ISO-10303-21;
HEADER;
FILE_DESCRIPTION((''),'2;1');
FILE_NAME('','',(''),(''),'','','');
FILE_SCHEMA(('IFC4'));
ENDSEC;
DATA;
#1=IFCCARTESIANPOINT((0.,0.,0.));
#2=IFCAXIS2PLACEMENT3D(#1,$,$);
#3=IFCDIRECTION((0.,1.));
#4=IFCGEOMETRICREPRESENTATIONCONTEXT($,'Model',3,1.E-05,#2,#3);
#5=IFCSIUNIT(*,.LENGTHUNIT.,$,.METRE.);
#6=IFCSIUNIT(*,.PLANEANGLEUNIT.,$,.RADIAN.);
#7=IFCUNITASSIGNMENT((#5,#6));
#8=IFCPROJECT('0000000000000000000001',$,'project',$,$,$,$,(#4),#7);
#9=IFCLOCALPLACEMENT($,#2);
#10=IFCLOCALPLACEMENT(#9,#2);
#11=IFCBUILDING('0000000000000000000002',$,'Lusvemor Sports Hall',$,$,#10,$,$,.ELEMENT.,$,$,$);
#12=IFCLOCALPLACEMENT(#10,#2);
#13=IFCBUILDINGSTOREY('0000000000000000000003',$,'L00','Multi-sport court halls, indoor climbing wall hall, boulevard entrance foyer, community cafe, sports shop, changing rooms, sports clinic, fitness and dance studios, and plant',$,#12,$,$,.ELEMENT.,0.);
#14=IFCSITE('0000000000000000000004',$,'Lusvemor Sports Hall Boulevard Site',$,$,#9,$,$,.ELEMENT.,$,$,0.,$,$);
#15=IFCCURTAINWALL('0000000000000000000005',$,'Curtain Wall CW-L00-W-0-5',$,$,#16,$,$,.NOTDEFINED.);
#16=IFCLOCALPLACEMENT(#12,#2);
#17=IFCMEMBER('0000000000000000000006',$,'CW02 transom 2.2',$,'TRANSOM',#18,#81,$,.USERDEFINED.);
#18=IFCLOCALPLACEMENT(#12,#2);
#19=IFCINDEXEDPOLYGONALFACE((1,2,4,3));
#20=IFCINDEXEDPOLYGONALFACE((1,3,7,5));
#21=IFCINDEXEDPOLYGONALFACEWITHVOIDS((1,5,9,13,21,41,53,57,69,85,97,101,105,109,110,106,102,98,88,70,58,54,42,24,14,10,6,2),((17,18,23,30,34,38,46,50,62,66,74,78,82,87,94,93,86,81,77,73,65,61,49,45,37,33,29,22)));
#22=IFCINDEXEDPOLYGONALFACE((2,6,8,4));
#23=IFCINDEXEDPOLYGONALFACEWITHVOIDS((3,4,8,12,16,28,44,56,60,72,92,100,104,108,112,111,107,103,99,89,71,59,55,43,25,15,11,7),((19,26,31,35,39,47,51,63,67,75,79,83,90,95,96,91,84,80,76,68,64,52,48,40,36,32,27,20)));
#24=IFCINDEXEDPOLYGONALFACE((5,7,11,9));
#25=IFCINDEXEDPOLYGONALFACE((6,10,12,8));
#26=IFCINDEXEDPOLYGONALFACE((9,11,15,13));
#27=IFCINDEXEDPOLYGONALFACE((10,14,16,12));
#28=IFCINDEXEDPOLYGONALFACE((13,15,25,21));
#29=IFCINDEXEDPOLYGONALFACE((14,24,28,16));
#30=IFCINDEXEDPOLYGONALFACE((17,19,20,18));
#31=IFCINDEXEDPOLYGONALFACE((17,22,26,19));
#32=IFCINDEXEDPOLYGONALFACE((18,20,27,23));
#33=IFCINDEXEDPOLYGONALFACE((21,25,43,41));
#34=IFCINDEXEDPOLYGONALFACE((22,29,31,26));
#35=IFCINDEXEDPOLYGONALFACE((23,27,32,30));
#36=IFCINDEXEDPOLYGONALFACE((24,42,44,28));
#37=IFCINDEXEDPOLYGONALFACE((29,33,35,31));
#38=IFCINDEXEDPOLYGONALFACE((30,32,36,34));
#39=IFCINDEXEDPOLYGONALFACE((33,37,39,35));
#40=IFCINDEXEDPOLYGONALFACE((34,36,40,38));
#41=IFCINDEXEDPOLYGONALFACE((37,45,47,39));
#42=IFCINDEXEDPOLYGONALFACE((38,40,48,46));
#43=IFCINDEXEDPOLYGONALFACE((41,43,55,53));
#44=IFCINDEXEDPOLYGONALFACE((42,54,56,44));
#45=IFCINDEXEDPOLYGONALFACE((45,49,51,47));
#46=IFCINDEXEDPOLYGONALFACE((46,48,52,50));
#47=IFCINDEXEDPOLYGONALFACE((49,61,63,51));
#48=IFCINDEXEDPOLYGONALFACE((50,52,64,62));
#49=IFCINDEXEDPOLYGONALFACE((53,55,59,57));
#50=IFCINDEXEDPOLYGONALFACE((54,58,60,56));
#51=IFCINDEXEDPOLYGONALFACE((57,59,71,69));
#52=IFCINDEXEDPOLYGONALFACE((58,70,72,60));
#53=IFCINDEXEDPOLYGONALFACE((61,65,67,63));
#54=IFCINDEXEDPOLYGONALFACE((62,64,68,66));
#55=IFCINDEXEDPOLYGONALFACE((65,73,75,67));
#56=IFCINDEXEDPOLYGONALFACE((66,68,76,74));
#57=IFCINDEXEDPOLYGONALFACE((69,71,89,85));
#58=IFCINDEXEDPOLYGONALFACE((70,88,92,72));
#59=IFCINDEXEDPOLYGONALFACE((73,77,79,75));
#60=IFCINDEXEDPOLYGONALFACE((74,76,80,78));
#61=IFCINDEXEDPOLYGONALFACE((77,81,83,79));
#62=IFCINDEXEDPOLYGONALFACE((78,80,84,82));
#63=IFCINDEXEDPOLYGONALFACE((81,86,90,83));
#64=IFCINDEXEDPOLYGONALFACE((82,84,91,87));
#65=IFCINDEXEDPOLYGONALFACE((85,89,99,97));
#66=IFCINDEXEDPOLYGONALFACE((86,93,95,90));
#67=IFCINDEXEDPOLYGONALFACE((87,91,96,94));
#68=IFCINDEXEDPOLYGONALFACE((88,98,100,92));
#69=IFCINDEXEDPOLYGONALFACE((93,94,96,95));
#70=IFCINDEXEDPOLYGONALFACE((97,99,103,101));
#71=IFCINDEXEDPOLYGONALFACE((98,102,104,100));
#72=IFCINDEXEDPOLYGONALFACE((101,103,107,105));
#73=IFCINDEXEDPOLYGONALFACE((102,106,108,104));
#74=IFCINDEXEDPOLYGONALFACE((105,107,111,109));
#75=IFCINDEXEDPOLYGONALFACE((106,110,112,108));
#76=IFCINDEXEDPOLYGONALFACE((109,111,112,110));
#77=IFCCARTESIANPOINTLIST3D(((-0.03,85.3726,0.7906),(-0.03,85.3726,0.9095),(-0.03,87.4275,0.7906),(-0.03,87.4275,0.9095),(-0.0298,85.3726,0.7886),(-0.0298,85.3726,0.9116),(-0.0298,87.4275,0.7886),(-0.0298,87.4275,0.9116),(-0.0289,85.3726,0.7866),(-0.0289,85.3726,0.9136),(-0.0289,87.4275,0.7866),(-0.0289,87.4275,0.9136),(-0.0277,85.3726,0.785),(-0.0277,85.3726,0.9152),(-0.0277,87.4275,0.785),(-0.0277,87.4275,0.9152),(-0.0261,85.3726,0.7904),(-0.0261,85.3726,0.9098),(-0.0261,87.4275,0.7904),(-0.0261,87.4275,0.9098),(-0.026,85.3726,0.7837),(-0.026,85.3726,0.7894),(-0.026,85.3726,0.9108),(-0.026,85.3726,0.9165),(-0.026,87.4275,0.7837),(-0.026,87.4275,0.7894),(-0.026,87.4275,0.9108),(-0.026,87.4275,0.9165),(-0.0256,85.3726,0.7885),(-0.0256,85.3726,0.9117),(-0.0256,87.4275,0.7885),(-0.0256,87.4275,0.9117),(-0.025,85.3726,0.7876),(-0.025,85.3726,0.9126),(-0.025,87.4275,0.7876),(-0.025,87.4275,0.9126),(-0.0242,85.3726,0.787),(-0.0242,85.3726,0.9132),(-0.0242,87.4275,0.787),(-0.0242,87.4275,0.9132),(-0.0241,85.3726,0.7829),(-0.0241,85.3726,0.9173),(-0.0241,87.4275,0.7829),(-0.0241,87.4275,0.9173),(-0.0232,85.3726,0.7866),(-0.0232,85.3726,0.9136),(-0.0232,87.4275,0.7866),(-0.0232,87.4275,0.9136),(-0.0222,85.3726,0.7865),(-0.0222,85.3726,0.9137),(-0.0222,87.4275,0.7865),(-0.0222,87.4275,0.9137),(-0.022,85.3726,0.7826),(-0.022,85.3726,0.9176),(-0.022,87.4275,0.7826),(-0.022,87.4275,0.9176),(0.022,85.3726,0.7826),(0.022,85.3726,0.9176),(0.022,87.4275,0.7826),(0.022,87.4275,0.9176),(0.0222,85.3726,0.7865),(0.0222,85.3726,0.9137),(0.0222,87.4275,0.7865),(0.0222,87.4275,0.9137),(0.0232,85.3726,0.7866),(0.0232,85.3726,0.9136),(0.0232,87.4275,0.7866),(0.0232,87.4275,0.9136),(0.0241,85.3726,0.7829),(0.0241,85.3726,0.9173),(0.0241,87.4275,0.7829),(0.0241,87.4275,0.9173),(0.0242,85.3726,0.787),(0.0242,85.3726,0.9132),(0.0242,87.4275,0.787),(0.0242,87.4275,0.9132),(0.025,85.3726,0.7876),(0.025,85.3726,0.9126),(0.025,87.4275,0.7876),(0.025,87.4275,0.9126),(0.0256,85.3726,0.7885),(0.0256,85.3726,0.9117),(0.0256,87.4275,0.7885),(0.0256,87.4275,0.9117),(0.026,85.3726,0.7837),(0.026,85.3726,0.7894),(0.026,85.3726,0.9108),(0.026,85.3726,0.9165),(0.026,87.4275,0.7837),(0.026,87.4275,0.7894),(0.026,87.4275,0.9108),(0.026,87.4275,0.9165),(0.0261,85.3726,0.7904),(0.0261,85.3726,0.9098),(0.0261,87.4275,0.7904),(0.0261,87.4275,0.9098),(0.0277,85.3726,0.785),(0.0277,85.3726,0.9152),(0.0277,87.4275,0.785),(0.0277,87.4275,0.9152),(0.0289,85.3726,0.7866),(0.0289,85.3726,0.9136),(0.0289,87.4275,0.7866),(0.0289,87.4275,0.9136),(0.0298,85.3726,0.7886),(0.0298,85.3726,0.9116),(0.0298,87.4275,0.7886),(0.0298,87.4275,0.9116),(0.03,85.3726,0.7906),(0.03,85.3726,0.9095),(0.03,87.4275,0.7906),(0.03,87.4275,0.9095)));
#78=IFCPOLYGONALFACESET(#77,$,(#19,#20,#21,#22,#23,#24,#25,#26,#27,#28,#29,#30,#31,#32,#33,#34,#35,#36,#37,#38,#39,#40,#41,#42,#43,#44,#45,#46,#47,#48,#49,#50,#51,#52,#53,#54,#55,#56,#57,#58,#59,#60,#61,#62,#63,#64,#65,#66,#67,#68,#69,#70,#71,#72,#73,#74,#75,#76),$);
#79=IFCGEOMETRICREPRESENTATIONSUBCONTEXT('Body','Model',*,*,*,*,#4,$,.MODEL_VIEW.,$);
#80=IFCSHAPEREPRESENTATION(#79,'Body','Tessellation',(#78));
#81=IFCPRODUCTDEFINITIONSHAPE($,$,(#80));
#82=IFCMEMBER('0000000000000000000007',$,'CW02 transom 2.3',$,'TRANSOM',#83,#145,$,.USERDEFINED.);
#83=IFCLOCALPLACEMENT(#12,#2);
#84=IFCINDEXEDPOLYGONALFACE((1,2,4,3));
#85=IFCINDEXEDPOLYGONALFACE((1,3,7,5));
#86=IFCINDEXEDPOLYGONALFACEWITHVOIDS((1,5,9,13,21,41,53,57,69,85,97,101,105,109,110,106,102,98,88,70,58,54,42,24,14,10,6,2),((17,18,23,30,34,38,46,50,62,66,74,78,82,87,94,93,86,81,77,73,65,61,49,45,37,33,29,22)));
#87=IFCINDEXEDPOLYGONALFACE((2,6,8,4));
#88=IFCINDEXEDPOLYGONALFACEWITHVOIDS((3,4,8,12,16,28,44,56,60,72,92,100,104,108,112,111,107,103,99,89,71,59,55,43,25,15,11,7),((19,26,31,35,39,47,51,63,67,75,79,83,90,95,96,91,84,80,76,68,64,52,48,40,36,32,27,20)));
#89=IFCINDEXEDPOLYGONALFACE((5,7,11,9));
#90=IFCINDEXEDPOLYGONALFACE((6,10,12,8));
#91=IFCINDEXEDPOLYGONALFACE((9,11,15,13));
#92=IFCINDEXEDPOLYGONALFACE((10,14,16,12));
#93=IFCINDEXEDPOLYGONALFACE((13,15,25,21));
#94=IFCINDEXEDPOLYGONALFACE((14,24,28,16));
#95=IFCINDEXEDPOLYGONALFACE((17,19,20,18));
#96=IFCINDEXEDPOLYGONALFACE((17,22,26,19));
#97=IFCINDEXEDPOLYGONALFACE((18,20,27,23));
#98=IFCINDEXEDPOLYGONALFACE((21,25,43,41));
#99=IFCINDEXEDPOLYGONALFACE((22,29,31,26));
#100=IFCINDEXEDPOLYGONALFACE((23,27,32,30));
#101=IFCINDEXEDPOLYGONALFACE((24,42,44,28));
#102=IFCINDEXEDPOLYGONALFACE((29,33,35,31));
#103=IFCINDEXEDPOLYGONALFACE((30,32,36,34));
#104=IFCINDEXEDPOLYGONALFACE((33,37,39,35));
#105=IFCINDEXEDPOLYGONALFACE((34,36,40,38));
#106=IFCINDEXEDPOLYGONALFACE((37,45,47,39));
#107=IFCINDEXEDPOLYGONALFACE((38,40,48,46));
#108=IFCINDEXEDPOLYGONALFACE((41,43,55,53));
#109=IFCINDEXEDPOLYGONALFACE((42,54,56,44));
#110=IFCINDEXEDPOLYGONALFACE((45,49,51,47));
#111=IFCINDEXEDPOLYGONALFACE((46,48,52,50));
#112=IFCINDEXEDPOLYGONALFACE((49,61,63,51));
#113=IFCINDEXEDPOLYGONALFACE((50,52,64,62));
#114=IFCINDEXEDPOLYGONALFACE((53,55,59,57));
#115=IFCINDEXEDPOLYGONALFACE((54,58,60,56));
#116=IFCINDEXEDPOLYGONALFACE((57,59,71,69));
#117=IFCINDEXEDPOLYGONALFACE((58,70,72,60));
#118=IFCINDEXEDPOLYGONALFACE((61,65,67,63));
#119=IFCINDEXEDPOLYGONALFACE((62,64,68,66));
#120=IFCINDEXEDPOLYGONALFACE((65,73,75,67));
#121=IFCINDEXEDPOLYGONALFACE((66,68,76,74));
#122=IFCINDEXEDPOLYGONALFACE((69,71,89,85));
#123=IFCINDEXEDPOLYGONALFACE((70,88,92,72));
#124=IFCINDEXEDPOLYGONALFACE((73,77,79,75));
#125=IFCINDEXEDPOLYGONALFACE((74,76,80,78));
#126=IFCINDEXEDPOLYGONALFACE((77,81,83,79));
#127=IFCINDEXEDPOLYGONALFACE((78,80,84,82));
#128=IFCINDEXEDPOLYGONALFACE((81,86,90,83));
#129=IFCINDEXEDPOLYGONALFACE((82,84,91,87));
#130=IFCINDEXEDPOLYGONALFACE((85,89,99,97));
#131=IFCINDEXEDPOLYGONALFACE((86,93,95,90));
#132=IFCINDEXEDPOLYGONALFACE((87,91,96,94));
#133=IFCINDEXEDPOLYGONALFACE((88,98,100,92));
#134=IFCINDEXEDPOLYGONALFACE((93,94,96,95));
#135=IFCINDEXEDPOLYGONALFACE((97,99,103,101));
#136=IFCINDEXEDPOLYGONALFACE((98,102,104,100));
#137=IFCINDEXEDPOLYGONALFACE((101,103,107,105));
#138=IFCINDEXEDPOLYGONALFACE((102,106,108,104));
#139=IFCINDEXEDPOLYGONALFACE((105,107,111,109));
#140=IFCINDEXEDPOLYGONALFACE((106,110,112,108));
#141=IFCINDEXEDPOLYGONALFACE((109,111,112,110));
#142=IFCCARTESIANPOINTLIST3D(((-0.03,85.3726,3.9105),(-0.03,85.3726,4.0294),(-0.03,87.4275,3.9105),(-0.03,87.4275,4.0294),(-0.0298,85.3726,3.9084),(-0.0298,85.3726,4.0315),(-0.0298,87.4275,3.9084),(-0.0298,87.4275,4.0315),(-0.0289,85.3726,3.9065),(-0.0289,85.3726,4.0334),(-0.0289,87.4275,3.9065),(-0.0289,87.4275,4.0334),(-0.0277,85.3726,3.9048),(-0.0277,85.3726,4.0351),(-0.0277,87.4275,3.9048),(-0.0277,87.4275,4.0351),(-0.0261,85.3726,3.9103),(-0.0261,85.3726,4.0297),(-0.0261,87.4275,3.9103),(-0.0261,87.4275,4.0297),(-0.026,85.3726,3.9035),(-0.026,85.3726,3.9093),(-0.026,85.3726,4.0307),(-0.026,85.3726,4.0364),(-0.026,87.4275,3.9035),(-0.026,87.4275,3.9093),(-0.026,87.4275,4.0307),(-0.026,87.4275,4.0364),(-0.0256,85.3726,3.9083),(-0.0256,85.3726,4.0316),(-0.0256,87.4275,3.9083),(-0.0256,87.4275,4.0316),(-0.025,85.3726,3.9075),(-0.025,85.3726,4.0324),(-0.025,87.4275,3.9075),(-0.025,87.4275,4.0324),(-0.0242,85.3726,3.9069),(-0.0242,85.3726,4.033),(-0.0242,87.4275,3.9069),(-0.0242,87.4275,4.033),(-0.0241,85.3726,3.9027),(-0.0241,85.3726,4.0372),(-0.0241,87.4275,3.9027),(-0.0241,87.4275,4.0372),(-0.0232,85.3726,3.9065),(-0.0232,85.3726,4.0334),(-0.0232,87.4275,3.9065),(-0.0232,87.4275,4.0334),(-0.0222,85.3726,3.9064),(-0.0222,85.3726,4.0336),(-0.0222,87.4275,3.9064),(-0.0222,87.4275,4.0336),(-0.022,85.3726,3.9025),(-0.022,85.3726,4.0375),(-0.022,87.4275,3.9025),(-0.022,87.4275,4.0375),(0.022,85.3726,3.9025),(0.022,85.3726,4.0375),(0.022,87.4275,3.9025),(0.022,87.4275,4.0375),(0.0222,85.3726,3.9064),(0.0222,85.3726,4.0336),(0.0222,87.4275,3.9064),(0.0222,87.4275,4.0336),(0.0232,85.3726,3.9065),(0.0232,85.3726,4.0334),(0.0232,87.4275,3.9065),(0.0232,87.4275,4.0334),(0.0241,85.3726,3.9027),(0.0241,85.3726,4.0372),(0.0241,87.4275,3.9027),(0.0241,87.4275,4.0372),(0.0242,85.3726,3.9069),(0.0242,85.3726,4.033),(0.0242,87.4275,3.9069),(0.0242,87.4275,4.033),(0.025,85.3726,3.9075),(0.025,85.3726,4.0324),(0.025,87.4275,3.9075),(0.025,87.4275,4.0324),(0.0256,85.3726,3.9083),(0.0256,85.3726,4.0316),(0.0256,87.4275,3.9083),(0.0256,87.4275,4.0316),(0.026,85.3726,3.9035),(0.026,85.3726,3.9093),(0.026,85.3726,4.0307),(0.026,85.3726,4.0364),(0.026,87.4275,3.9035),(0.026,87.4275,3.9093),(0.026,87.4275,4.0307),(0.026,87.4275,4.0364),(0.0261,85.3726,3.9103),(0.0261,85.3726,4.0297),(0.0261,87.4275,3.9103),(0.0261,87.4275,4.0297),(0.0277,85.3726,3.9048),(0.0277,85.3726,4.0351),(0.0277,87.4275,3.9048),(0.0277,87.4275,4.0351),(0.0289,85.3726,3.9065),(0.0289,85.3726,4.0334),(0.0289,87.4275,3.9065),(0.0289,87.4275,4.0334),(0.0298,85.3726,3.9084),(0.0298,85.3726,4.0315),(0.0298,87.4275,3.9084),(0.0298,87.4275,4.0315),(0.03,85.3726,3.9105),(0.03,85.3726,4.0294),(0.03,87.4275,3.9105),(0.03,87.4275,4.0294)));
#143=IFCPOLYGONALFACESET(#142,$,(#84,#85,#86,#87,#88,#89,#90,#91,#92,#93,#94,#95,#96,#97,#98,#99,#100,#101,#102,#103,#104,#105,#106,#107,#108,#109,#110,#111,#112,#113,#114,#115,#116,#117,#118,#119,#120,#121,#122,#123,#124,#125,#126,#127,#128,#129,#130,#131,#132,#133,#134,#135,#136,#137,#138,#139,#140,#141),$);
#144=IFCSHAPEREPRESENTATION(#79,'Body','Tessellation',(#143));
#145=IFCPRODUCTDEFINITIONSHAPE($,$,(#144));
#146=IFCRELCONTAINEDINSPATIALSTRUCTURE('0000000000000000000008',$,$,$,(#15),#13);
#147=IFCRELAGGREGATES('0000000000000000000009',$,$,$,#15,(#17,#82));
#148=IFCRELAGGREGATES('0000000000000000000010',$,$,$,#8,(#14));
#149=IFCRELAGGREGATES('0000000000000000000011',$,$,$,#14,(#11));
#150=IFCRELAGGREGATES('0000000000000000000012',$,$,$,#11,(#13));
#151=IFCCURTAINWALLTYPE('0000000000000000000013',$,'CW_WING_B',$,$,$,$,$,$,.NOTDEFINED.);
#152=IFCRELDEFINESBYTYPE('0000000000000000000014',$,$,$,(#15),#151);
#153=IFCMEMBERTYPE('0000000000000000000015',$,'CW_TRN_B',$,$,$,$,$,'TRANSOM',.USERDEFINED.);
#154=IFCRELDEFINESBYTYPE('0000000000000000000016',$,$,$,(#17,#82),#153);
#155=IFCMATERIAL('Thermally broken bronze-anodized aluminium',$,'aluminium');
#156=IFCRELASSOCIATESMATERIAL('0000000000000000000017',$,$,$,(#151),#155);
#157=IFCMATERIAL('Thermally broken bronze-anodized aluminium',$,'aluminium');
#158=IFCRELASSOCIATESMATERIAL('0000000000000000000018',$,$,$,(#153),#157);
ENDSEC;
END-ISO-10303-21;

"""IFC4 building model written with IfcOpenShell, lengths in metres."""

from ifc_helpers import new_model, si_unit, direction, frame, origin, origin_2d, place, context, subcontext, project, spatial, hollow_rectangle, extrude, material, material_profile, profile_set, type_object, element, aggregate, save


model = new_model("IFC4")

# Units and contexts
model_context = context("Model", 3, precision=1e-05, world=origin(), true_north=direction((0.0, 1.0)))
body_context = subcontext(model_context, "Body", "Model", "MODEL_VIEW")
ifc_project = project(units=[si_unit("LENGTHUNIT", "METRE"), si_unit("PLANEANGLEUNIT", "RADIAN")], contexts=[model_context])

# Site, building, storey
site_placement = place(None, origin())
site = spatial("IfcSite", under=ifc_project, at=site_placement, Name="Lusvemor Sports Hall Boulevard Site", CompositionType="ELEMENT", RefElevation=0.0)
building_placement = place(site_placement, origin())
building = spatial("IfcBuilding", under=site, at=building_placement, Name="Lusvemor Sports Hall", CompositionType="ELEMENT")
storey_placement = place(building_placement, origin())
storey = spatial("IfcBuildingStorey", under=building, at=storey_placement, Name="L00", Description="Multi-sport court halls, indoor climbing wall hall, boulevard entrance foyer, community cafe, sports shop, changing rooms, sports clinic, fitness and dance studios, and plant", CompositionType="ELEMENT", Elevation=0.0)

# Curtain wall, members
ifc_material_1 = material(Name="Thermally broken bronze-anodized aluminium", Category="aluminium")
curtain_wall_type = type_object("IfcCurtainWallType", Name="CW_WING_B", PredefinedType="NOTDEFINED", material=ifc_material_1)
curtain_wall_placement = place(storey_placement, origin())
curtain_wall = element("IfcCurtainWall", 1, at=curtain_wall_placement, inside=storey, type_object=curtain_wall_type, Name="Curtain Wall CW-L00-W-0-5", PredefinedType="NOTDEFINED")
ifc_material_2 = material(Name="Thermally broken bronze-anodized aluminium", Category="aluminium")
ifc_material_profile_1 = material_profile(ifc_material_2, hollow_rectangle(XDim=0.0601, YDim=0.135, WallThickness=0.0039, InnerFilletRadius=0.0039, OuterFilletRadius=0.0081, at=origin_2d()), Name="CWTRN135x60x4")
ifc_profile_set_1 = profile_set([ifc_material_profile_1], Name="Thermally broken bronze-anodized aluminium")
member_type_1 = type_object("IfcMemberType", Name="CW_TRN_B", ElementType="TRANSOM", PredefinedType="USERDEFINED", material=ifc_profile_set_1)
member_1_placement = place(storey_placement, frame((0.0, 85.3726, 0.8501), z_axis=(0.0, 1.0, 0.0), x_axis=(-1.0, 0.0, 0.0)))
member_1 = element("IfcMember", 2, at=member_1_placement, type_object=member_type_1, Name="CW02 transom 2.2", ObjectType="TRANSOM", PredefinedType="USERDEFINED", context=body_context, shape_type="SweptSolid", body=[
    extrude(hollow_rectangle(XDim=0.0601, YDim=0.135, WallThickness=0.0039, InnerFilletRadius=0.0039, OuterFilletRadius=0.0081, at=origin_2d()), origin(), (0.0, 0.0, 1.0), 2.0549),
])
member_2_placement = place(storey_placement, frame((0.0, 85.3726, 3.97), z_axis=(0.0, 1.0, 0.0), x_axis=(-1.0, 0.0, 0.0)))
member_2 = element("IfcMember", 3, at=member_2_placement, type_object=member_type_1, Name="CW02 transom 2.3", ObjectType="TRANSOM", PredefinedType="USERDEFINED", context=body_context, shape_type="SweptSolid", body=[
    extrude(hollow_rectangle(XDim=0.0601, YDim=0.135, WallThickness=0.0039, InnerFilletRadius=0.0039, OuterFilletRadius=0.0081, at=origin_2d()), origin(), (0.0, 0.0, 1.0), 2.0549),
])
aggregate(curtain_wall, [member_1, member_2])

save(model, "model.ifc")
